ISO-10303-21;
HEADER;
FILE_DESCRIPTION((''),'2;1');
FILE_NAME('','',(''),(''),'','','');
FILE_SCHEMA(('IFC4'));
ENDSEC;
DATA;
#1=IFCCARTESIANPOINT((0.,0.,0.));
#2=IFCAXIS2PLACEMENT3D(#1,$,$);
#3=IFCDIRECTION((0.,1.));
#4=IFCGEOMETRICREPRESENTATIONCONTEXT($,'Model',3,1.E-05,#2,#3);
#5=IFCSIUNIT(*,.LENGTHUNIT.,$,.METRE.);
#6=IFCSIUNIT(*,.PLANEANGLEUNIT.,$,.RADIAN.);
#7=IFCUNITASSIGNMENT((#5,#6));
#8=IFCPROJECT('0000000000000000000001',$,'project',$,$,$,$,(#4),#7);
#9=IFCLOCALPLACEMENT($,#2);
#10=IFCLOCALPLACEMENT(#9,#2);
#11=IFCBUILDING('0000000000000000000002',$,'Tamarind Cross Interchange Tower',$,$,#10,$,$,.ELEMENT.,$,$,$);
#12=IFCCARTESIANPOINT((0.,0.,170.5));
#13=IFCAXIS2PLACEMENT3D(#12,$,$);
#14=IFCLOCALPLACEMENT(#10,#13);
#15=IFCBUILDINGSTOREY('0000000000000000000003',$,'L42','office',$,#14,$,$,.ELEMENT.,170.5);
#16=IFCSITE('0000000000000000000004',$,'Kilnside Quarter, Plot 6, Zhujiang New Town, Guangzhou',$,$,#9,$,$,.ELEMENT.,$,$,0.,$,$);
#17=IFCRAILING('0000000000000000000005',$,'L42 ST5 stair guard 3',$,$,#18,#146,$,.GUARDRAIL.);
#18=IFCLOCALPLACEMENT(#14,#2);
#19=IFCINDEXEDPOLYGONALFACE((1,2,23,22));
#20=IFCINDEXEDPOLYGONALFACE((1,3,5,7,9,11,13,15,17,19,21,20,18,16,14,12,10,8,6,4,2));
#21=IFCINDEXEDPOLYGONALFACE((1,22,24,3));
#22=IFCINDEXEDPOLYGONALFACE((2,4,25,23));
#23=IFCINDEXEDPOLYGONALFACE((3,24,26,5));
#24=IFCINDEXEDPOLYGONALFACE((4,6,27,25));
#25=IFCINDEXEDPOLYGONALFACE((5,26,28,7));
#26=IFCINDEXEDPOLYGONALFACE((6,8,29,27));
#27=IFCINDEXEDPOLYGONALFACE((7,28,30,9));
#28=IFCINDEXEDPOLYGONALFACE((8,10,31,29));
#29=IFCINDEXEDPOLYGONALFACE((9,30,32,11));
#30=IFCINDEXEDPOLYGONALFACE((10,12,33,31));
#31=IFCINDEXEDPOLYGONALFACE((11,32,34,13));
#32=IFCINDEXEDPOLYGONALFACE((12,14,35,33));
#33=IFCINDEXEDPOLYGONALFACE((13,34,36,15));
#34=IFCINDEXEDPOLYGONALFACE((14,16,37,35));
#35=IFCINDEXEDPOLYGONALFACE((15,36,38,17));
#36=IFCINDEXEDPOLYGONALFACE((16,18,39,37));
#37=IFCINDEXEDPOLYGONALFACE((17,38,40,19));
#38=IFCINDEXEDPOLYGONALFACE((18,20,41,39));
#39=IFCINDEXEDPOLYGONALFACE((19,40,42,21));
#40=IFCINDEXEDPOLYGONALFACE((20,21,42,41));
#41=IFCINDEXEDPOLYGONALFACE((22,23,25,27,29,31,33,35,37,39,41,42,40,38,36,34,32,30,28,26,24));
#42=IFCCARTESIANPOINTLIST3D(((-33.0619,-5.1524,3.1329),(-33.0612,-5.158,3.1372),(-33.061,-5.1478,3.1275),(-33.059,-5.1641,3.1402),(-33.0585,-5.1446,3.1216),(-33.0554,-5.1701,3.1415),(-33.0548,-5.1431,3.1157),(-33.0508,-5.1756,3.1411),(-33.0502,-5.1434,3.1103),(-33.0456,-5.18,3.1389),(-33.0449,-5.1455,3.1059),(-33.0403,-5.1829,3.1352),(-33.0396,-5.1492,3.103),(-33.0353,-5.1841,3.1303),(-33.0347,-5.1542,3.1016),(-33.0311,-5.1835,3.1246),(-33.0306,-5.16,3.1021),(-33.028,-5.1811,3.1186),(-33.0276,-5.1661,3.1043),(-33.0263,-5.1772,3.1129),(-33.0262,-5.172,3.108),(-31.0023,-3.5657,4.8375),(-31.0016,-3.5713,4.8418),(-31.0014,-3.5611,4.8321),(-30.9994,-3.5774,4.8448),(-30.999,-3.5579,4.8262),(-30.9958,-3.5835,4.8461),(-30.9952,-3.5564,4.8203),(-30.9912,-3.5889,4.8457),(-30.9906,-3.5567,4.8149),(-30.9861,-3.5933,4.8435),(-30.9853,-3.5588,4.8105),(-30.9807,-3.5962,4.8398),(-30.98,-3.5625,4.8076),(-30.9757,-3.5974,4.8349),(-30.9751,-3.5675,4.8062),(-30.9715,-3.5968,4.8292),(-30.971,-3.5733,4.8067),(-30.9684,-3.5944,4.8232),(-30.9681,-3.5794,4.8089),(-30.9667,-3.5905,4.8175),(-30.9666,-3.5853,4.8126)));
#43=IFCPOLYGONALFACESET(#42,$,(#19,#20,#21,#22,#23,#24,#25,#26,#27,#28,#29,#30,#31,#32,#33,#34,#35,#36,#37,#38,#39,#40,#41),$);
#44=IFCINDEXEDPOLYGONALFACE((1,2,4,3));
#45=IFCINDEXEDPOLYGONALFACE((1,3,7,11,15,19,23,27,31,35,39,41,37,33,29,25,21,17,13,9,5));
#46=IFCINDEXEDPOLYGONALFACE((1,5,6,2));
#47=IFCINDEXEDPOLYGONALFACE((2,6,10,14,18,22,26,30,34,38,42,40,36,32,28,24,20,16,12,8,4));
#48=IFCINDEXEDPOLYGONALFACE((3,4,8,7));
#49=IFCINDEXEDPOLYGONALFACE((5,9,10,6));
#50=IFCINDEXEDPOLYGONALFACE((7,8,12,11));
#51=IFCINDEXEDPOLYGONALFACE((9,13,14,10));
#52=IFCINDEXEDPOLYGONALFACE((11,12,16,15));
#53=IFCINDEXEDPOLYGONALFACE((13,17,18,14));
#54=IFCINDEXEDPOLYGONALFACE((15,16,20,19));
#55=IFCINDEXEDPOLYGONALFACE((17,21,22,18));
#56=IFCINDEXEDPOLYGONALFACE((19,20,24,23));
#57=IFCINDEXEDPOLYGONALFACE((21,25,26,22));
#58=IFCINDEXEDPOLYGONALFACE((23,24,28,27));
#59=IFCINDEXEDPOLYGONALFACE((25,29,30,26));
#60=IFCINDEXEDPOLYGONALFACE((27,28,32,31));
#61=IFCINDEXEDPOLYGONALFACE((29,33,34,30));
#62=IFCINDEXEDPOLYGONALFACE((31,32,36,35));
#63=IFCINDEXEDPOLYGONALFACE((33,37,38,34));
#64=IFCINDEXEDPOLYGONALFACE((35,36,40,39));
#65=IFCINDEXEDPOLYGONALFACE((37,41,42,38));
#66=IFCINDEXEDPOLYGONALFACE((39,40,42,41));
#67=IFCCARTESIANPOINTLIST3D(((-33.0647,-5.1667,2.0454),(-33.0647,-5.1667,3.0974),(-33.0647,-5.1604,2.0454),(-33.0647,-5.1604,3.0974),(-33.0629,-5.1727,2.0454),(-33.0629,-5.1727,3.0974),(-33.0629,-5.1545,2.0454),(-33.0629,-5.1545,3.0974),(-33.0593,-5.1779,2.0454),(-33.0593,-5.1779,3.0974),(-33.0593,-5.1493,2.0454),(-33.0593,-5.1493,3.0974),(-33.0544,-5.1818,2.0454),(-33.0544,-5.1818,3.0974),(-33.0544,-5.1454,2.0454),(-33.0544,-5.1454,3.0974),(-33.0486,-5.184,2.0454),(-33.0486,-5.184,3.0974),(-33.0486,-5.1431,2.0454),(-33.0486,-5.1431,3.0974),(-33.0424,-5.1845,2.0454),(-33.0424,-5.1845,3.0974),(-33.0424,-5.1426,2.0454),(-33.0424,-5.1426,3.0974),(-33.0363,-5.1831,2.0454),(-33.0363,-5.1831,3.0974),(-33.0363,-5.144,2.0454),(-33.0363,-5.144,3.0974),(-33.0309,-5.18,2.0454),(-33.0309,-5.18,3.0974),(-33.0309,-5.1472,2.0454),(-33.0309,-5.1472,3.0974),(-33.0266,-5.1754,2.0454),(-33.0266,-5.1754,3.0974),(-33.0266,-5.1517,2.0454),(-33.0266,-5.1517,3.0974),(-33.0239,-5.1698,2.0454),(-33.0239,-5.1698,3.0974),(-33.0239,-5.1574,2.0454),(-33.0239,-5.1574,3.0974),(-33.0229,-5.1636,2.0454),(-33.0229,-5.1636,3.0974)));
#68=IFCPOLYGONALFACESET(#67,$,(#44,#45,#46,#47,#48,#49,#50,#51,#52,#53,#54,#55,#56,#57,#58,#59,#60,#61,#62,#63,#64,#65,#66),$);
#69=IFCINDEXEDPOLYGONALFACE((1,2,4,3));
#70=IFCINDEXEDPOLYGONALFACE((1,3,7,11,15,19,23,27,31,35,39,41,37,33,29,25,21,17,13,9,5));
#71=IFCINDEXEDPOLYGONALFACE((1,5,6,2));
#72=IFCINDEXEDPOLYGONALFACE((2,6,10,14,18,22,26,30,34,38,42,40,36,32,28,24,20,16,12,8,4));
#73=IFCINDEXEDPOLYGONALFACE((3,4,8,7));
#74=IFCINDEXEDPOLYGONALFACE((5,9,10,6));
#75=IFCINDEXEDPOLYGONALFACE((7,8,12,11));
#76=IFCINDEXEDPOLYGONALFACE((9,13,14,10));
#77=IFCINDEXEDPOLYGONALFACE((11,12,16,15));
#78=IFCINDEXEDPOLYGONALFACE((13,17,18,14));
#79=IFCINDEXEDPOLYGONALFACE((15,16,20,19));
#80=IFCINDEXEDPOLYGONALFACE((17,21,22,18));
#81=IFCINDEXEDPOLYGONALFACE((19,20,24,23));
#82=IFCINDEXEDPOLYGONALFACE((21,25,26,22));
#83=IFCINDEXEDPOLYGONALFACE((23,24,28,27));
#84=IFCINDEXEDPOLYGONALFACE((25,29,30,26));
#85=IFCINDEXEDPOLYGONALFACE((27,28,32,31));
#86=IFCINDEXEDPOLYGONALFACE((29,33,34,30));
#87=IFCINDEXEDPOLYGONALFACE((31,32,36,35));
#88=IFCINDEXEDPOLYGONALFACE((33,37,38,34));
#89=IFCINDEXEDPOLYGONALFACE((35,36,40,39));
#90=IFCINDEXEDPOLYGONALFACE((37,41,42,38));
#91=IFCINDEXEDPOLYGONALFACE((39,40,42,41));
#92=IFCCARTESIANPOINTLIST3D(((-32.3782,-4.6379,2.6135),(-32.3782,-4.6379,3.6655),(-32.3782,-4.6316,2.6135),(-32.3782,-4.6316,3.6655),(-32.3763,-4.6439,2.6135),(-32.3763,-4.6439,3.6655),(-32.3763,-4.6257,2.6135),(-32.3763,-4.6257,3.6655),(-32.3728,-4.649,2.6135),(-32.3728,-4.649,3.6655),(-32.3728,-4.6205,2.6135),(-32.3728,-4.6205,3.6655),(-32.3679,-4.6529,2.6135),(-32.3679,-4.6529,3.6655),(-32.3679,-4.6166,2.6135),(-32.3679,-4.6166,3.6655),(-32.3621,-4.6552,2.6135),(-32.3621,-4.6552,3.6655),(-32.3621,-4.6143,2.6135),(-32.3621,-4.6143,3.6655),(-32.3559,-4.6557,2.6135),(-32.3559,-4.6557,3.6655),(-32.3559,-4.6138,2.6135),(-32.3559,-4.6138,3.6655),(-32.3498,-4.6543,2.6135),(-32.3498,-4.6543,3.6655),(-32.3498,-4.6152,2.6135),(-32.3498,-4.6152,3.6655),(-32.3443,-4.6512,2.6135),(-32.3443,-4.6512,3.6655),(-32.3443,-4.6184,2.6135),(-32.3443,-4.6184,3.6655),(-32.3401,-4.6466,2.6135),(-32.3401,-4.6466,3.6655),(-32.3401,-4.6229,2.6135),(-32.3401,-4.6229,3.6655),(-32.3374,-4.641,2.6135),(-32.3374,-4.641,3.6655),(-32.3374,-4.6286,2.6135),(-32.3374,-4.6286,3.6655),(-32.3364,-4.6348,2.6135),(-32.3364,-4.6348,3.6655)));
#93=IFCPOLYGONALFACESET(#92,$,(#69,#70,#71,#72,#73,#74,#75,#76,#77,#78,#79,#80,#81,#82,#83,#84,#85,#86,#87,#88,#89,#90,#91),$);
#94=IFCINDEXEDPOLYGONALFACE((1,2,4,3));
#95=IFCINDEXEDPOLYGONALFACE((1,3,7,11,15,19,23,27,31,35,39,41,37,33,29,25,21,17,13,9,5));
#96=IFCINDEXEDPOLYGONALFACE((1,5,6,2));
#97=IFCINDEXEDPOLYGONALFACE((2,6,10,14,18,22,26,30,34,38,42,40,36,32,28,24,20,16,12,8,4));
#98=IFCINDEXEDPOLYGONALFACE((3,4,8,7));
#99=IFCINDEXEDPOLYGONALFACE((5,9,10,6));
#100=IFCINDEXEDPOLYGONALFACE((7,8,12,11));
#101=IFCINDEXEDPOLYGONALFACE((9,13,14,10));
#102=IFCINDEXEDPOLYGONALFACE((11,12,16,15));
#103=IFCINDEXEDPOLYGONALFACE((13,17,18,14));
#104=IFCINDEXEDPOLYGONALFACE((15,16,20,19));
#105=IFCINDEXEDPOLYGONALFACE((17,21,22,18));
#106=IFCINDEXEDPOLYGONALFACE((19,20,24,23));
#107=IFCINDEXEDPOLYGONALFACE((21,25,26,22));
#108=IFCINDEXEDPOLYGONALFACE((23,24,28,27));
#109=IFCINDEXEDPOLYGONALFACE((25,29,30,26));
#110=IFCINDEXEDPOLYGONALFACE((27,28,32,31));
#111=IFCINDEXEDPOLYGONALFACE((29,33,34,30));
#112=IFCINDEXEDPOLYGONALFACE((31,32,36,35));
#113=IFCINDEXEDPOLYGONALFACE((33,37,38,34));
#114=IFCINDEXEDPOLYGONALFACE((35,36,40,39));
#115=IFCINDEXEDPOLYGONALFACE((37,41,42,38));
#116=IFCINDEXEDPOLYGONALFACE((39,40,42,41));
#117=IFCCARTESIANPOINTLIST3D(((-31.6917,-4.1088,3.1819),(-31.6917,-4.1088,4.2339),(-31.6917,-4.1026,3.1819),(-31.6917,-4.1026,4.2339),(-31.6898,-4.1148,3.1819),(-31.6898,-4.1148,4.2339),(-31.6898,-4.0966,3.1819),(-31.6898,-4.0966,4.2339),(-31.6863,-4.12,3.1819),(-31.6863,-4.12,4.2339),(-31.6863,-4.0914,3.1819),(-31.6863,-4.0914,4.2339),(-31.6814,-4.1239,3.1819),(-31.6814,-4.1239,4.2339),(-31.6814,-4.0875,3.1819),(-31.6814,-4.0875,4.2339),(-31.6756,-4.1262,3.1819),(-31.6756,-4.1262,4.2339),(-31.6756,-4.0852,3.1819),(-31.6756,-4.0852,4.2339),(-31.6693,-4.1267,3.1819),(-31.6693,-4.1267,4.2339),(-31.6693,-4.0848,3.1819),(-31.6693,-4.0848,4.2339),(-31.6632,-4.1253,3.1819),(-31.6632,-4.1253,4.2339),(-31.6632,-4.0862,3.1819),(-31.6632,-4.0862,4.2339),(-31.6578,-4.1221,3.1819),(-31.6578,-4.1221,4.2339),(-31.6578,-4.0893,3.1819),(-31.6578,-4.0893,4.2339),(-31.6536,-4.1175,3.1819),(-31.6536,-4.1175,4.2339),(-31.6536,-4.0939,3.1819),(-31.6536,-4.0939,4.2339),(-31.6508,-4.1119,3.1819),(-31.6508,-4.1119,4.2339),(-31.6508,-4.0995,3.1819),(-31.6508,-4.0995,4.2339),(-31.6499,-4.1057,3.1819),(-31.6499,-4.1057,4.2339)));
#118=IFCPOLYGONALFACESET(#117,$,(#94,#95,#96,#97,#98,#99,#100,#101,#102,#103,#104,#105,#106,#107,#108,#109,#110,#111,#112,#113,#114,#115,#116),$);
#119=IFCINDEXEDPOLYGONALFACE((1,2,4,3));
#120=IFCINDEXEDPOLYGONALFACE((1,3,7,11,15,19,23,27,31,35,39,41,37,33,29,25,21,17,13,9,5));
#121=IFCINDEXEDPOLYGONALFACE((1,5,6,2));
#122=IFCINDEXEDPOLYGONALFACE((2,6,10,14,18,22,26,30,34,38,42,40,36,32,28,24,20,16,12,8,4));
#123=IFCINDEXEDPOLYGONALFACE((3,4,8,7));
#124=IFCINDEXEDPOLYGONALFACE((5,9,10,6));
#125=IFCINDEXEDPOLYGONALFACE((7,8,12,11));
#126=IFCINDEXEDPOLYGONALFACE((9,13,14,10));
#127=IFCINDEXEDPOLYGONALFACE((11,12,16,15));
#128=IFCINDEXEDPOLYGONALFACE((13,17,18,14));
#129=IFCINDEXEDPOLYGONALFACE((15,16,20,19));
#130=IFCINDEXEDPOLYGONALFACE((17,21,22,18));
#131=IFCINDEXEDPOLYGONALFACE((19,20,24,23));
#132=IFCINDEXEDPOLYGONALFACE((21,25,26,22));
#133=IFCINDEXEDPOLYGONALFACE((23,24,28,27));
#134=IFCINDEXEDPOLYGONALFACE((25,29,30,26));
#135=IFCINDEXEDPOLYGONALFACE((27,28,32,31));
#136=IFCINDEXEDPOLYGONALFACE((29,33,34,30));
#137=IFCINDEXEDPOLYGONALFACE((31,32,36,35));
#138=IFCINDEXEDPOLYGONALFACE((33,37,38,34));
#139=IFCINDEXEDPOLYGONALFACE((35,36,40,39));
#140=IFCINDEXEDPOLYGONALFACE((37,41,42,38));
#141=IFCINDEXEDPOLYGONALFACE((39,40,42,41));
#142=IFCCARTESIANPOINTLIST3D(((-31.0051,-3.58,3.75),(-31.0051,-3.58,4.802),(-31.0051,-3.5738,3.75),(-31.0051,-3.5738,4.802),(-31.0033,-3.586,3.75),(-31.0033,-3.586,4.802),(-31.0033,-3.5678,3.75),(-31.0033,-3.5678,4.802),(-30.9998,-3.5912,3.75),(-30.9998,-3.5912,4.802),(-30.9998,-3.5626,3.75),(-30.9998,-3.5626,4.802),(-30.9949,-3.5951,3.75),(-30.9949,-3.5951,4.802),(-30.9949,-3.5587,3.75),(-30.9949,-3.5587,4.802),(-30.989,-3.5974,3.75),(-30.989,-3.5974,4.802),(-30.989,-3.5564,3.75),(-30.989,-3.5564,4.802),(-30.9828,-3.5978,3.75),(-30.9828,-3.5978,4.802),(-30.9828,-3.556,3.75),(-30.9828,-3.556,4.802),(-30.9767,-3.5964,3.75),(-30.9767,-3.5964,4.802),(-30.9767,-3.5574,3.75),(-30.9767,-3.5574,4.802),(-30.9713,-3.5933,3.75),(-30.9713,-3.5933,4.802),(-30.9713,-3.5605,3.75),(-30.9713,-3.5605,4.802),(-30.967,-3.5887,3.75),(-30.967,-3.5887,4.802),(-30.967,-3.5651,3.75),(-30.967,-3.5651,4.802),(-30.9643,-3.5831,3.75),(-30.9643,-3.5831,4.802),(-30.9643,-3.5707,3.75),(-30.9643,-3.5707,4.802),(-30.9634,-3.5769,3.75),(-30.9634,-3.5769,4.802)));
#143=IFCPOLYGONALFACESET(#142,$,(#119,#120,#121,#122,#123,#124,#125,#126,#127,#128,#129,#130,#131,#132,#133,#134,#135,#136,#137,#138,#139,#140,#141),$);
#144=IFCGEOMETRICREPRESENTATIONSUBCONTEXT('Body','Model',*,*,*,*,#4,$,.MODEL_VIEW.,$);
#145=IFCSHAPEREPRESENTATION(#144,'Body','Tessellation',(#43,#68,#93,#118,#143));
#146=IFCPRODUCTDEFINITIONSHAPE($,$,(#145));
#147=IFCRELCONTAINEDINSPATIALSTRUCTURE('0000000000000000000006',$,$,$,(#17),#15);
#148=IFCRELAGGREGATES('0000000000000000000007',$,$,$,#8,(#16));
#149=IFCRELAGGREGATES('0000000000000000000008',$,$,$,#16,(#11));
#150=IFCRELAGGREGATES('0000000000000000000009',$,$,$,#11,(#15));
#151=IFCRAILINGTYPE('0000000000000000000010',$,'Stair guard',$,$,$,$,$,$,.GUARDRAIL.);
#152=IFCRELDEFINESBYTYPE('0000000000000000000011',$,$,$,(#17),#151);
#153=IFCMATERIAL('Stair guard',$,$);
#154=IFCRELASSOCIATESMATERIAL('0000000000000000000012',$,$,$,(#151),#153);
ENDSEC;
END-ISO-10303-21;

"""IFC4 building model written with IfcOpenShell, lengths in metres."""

from ifc_helpers import new_model, si_unit, direction, frame, origin, origin_2d, place, context, subcontext, project, spatial, circle, extrude, material, type_object, element, save


model = new_model("IFC4")

# Units and contexts
model_context = context("Model", 3, precision=1e-05, world=origin(), true_north=direction((0.0, 1.0)))
body_context = subcontext(model_context, "Body", "Model", "MODEL_VIEW")
ifc_project = project(units=[si_unit("LENGTHUNIT", "METRE"), si_unit("PLANEANGLEUNIT", "RADIAN")], contexts=[model_context])

# Site, building, storey
site_placement = place(None, origin())
site = spatial("IfcSite", under=ifc_project, at=site_placement, Name="Kilnside Quarter, Plot 6, Zhujiang New Town, Guangzhou", CompositionType="ELEMENT", RefElevation=0.0)
building_placement = place(site_placement, origin())
building = spatial("IfcBuilding", under=site, at=building_placement, Name="Tamarind Cross Interchange Tower", CompositionType="ELEMENT")
storey_placement = place(building_placement, frame((0.0, 0.0, 170.5)))
storey = spatial("IfcBuildingStorey", under=building, at=storey_placement, Name="L42", Description="office", CompositionType="ELEMENT", Elevation=170.5)

# Railing
ifc_material_1 = material(Name="Stair guard")
railing_type_1 = type_object("IfcRailingType", Name="Stair guard", PredefinedType="GUARDRAIL", material=ifc_material_1)
railing_1_placement = place(storey_placement, frame((-33.0439, -5.1636, 2.0454)))
element("IfcRailing", 1, at=railing_1_placement, inside=storey, type_object=railing_type_1, Name="L42 ST5 stair guard 3", PredefinedType="GUARDRAIL", context=body_context, shape_type="SweptSolid", body=[
    extrude(circle(Radius=0.0239, at=origin_2d()), frame((0.0, 0.0, 1.0762), z_axis=(0.662485, 0.510371, 0.548302), x_axis=(-0.610287, 0.79218, 0.0)), (0.0, 0.0, 1.0), 3.1089),
    extrude(circle(Radius=0.021, at=origin_2d()), origin(), (0.0, 0.0, 1.0), 1.052),
    extrude(circle(Radius=0.021, at=origin_2d()), frame((0.6865, 0.5288, 0.5681)), (0.0, 0.0, 1.0), 1.052),
    extrude(circle(Radius=0.021, at=origin_2d()), frame((1.373, 1.0579, 1.1365)), (0.0, 0.0, 1.0), 1.052),
    extrude(circle(Radius=0.021, at=origin_2d()), frame((2.0596, 1.5867, 1.7046)), (0.0, 0.0, 1.0), 1.052),
])

save(model, "model.ifc")
